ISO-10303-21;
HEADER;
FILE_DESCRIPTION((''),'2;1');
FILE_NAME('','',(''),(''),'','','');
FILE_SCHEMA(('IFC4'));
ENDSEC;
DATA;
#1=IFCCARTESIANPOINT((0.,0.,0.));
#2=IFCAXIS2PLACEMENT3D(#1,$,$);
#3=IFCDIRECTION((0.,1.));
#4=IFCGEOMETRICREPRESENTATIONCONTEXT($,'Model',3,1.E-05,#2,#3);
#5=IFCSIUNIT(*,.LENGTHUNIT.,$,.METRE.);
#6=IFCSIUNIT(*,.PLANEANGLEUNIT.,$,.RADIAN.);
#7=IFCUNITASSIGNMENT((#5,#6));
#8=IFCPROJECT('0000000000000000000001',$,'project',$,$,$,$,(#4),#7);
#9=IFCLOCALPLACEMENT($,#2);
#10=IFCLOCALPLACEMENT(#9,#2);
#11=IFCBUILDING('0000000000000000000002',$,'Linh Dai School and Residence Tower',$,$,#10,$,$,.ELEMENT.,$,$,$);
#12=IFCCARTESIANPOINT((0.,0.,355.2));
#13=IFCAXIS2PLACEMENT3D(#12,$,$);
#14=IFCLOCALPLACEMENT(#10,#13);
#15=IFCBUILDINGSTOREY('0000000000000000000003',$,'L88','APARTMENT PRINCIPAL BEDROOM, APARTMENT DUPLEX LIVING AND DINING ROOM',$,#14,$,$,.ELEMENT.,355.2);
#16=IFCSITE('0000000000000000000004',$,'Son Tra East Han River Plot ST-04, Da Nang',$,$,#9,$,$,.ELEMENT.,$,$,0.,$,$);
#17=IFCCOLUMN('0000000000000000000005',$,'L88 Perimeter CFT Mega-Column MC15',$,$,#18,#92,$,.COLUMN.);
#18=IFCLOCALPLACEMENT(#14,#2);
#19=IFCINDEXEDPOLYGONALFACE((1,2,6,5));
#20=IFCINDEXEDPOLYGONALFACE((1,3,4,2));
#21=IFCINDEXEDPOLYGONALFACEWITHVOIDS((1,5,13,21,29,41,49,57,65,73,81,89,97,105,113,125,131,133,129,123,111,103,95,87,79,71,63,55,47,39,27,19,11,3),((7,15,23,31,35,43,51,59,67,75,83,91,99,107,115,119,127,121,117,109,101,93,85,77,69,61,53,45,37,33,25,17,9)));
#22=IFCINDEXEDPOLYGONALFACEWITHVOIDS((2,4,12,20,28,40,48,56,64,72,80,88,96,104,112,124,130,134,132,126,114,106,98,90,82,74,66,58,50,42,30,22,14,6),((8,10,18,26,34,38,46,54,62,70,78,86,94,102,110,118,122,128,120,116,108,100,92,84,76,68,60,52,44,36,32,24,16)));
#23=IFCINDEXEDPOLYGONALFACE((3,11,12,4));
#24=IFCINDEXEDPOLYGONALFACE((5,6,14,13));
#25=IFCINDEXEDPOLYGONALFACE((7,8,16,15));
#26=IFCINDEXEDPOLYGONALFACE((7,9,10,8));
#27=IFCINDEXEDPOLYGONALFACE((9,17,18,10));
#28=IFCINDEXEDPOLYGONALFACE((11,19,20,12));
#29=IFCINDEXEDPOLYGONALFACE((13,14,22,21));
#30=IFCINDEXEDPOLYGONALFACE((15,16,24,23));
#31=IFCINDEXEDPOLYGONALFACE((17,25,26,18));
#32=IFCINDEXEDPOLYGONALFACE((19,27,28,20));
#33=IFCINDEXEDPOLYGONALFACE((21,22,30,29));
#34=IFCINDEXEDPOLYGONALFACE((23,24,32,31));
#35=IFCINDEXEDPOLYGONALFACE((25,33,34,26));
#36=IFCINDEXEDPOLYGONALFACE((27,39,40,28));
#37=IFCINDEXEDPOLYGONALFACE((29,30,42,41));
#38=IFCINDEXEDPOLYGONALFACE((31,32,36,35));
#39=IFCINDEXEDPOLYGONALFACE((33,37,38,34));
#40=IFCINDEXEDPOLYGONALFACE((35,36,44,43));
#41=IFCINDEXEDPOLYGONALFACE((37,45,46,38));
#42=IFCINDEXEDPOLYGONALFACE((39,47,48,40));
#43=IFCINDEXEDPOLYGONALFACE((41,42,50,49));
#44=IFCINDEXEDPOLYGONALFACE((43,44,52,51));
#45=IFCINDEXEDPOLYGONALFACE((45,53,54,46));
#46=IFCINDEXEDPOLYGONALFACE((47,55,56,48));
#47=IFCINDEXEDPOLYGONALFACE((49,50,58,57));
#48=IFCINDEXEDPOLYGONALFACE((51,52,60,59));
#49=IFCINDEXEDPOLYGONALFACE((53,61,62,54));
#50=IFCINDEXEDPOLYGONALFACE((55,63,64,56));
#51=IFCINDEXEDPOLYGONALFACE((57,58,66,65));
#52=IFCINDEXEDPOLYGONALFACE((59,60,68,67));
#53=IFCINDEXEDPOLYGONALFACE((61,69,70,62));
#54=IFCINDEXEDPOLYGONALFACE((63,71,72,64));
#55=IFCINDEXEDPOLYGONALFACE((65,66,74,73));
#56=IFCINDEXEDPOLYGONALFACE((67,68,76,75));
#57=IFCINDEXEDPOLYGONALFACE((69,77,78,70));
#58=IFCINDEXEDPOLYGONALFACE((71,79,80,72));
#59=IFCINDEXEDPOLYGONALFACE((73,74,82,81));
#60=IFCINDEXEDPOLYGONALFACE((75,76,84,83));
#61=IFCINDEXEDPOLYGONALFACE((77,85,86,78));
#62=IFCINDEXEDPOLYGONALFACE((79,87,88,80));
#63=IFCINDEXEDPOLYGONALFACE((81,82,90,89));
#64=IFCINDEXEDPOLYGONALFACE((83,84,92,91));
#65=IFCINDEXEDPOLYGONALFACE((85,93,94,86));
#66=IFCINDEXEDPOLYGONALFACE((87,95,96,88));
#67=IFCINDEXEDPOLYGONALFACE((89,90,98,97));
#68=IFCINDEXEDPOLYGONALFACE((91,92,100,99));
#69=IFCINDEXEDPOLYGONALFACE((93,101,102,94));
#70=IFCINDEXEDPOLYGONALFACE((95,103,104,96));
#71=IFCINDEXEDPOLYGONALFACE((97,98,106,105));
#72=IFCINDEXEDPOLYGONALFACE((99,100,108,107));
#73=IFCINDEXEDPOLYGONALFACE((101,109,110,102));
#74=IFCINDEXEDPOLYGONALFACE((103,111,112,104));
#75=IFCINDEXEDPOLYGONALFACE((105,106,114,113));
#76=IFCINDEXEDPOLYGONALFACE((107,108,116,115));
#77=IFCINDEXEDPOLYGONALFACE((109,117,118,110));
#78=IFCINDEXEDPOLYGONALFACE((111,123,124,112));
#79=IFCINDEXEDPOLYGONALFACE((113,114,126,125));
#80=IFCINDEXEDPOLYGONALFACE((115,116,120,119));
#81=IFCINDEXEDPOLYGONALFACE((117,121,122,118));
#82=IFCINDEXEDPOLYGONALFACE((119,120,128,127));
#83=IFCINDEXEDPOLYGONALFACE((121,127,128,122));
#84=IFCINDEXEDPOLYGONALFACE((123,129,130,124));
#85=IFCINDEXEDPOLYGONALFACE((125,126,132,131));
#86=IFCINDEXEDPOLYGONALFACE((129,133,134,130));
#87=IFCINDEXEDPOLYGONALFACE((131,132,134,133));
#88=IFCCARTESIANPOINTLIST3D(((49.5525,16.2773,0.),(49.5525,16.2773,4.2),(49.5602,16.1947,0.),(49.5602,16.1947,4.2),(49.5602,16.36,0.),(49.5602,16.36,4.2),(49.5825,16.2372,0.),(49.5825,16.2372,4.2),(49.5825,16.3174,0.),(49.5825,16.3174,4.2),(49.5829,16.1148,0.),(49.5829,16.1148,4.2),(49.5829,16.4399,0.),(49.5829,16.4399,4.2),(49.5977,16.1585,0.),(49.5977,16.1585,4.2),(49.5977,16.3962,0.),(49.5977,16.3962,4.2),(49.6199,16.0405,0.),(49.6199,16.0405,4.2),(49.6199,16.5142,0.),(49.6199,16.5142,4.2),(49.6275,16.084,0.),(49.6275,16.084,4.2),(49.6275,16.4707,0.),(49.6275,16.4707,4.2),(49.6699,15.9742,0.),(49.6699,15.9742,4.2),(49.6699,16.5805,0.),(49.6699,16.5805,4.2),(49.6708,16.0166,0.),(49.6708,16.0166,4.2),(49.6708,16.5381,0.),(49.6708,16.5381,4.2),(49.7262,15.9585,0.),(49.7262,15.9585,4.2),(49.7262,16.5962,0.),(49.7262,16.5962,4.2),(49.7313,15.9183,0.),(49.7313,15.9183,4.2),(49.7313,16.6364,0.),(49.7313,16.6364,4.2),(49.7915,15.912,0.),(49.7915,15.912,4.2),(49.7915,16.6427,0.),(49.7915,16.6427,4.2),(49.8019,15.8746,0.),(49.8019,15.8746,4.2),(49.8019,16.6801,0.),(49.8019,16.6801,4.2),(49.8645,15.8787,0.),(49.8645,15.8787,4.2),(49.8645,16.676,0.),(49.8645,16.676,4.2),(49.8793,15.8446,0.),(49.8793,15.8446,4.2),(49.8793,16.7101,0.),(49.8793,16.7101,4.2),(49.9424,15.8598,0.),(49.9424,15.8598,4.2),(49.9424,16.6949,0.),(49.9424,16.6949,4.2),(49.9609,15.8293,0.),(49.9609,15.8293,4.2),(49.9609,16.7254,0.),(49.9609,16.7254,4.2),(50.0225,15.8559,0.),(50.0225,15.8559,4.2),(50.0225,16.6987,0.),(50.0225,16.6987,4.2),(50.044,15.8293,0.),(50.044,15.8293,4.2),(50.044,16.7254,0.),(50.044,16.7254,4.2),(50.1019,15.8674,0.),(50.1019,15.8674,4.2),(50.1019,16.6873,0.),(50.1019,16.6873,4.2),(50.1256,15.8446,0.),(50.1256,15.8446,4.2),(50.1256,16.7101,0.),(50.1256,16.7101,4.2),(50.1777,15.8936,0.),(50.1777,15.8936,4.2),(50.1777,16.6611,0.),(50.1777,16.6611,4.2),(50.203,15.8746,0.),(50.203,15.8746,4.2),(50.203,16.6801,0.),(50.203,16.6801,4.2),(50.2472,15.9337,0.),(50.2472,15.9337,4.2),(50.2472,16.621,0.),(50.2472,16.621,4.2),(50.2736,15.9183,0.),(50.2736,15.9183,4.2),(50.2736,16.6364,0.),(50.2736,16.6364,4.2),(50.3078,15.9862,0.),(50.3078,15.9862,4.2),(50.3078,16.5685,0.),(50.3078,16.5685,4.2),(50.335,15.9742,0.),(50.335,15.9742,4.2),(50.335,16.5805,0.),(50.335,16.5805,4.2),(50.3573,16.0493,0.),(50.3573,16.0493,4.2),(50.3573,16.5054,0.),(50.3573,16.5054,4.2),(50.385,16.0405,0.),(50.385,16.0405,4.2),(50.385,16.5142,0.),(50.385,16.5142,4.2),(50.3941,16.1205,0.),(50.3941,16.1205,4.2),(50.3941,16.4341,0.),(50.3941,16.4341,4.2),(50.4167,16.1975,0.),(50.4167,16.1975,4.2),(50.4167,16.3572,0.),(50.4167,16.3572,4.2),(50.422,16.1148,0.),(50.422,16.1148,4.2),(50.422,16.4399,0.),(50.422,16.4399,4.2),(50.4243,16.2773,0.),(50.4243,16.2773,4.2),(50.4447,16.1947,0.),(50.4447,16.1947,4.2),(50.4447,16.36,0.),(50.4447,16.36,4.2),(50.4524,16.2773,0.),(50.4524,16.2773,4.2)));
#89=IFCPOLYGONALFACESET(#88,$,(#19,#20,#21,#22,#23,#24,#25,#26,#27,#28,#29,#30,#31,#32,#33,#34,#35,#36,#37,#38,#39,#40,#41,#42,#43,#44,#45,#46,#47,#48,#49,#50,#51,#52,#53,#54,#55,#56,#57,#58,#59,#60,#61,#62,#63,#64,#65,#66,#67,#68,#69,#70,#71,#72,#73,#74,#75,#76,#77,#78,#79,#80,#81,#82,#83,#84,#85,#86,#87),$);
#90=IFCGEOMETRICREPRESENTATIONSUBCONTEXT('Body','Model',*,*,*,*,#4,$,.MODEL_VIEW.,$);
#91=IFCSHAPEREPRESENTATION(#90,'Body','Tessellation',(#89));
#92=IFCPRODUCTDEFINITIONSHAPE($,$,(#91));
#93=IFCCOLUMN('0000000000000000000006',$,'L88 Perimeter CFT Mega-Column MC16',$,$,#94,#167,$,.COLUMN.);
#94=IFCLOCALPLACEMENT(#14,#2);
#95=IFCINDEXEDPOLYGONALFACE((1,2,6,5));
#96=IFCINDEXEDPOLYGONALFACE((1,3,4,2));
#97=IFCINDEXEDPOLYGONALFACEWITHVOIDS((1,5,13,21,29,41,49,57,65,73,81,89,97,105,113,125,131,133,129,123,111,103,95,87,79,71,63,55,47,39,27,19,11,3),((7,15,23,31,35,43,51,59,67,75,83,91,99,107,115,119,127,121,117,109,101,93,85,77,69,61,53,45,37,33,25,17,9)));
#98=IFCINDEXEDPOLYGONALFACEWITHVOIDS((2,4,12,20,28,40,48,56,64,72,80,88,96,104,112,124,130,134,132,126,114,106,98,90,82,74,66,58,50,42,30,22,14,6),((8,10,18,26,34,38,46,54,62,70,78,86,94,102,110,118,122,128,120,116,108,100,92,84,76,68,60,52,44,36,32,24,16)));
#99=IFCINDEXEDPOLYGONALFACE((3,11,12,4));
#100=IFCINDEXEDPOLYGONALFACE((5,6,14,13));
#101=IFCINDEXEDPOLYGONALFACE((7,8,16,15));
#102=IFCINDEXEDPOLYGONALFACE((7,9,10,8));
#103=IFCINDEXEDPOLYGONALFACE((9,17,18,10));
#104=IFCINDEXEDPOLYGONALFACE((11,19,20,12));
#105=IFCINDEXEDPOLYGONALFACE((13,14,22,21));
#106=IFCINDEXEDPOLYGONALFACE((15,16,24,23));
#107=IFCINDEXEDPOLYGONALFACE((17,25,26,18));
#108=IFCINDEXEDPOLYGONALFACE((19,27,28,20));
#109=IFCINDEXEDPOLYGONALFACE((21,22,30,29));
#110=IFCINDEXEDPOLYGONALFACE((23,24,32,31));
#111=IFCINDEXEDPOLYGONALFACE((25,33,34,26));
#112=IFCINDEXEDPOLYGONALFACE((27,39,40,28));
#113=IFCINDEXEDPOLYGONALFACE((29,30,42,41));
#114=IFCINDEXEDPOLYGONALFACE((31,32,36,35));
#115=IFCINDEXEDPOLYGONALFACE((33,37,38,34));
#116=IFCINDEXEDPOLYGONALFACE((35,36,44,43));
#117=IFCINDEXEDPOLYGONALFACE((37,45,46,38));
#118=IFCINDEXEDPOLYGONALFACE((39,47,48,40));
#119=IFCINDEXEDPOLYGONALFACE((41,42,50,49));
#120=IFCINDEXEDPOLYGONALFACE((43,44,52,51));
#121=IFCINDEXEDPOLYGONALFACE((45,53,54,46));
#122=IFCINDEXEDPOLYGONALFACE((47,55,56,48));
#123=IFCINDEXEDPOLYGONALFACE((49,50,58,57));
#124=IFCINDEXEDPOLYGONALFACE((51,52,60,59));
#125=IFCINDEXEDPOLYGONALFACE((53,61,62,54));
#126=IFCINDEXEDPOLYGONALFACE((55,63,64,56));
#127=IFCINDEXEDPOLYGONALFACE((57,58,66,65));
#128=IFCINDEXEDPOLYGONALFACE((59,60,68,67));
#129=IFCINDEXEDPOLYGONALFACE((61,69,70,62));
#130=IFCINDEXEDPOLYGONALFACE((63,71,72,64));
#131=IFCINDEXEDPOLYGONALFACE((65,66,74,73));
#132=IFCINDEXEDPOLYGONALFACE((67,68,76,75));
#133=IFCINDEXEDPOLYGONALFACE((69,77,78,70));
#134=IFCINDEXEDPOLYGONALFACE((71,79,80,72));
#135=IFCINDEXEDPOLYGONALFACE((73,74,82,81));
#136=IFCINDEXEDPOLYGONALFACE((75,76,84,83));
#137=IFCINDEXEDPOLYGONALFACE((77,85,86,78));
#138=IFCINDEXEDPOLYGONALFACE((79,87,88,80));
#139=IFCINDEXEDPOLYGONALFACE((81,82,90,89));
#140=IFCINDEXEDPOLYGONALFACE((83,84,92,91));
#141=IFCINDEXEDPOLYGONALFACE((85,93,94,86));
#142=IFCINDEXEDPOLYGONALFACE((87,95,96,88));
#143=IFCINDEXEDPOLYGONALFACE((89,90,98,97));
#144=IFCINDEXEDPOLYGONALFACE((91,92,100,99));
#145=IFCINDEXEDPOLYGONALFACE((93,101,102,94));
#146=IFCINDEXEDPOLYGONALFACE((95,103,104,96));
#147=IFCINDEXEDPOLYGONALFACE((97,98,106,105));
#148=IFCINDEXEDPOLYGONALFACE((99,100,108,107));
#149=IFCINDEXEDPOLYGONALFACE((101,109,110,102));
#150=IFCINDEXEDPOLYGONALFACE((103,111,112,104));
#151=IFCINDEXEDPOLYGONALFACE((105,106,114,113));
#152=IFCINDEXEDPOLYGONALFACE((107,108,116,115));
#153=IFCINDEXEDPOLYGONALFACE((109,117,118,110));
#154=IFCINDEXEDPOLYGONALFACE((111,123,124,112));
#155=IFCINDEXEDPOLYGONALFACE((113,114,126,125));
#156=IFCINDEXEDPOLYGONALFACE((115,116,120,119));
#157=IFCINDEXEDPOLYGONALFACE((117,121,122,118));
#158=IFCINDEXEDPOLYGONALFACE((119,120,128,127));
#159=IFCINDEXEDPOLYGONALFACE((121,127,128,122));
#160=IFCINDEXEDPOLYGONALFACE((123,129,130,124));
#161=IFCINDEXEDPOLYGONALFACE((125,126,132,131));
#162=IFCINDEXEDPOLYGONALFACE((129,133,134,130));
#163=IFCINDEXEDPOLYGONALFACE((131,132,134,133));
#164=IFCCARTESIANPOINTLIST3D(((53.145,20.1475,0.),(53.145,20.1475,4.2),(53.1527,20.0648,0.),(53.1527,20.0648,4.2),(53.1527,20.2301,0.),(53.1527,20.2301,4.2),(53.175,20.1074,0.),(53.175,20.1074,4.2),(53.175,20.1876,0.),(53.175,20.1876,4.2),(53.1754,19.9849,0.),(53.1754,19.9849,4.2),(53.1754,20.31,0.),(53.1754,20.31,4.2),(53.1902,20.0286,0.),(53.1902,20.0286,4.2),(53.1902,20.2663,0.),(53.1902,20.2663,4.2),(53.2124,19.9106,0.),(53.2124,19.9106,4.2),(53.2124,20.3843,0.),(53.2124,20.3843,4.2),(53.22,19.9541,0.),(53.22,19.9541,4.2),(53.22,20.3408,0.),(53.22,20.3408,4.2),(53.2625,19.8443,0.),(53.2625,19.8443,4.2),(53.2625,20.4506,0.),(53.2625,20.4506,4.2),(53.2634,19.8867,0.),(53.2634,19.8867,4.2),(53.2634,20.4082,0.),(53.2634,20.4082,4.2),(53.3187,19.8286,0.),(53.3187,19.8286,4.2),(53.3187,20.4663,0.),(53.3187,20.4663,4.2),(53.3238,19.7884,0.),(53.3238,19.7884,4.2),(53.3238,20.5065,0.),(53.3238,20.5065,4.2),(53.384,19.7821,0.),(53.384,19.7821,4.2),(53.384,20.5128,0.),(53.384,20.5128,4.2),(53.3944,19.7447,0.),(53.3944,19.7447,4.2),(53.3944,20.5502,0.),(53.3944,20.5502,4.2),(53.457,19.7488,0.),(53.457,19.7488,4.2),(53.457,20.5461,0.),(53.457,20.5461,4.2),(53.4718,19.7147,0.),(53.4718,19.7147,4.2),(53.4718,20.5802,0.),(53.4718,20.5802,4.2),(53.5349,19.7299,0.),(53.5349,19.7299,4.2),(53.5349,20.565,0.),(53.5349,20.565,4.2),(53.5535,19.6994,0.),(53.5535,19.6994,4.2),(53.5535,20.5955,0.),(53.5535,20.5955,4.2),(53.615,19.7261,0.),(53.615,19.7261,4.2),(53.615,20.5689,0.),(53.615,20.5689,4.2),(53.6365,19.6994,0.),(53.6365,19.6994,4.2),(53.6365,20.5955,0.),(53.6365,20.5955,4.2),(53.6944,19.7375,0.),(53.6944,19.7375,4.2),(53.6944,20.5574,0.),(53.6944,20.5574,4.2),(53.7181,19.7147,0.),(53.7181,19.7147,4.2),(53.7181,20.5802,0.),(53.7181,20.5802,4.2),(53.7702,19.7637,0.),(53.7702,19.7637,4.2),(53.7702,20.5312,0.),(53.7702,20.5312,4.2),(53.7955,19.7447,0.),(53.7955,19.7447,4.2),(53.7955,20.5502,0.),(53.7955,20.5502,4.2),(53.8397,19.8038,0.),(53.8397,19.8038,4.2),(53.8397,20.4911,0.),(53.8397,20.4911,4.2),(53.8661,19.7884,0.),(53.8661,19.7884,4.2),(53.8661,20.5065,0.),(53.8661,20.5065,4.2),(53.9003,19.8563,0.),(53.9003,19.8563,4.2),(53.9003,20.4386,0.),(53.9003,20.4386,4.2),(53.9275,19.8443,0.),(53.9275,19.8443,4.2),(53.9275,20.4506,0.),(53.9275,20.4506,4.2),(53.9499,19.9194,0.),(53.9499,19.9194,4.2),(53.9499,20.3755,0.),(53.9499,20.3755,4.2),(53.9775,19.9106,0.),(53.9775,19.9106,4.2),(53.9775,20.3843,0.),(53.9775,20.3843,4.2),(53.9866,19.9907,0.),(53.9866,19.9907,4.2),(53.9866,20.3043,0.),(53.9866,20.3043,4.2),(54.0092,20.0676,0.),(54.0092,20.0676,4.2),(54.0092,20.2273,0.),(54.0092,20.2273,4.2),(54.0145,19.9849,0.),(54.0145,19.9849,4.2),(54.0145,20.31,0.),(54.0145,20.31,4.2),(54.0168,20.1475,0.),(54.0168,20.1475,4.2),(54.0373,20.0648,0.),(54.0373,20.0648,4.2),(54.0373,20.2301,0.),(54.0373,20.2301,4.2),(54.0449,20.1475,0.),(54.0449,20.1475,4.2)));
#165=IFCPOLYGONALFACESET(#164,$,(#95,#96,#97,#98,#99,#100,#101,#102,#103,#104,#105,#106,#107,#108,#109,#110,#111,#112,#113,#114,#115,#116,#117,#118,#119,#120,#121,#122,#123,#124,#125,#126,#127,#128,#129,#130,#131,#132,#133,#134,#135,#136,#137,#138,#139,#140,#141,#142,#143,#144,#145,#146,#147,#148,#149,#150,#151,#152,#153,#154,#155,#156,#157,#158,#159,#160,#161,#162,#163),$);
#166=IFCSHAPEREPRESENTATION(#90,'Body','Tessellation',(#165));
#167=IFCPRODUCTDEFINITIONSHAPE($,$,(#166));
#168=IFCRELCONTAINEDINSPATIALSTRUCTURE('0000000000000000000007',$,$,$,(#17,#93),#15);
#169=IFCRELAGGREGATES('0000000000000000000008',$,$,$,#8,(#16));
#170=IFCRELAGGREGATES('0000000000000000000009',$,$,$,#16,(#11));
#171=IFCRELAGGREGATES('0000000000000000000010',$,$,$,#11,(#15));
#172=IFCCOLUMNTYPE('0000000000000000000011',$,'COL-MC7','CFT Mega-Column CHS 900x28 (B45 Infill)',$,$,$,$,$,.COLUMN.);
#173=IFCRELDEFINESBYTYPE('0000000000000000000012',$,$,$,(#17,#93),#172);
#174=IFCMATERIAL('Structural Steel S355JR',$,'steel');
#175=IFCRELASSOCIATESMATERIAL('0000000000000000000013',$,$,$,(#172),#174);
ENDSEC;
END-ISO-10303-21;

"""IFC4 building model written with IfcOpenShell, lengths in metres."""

from ifc_helpers import new_model, si_unit, direction, frame, origin, origin_2d, place, context, subcontext, project, spatial, hollow_circle, extrude, material, material_profile, profile_set, type_object, element, save


model = new_model("IFC4")

# Units and contexts
model_context = context("Model", 3, precision=1e-05, world=origin(), true_north=direction((0.0, 1.0)))
body_context = subcontext(model_context, "Body", "Model", "MODEL_VIEW")
ifc_project = project(units=[si_unit("LENGTHUNIT", "METRE"), si_unit("PLANEANGLEUNIT", "RADIAN")], contexts=[model_context])

# Site, building, storey
site_placement = place(None, origin())
site = spatial("IfcSite", under=ifc_project, at=site_placement, Name="Son Tra East Han River Plot ST-04, Da Nang", CompositionType="ELEMENT", RefElevation=0.0)
building_placement = place(site_placement, origin())
building = spatial("IfcBuilding", under=site, at=building_placement, Name="Linh Dai School and Residence Tower", CompositionType="ELEMENT")
storey_placement = place(building_placement, frame((0.0, 0.0, 355.2)))
storey = spatial("IfcBuildingStorey", under=building, at=storey_placement, Name="L88", Description="APARTMENT PRINCIPAL BEDROOM, APARTMENT DUPLEX LIVING AND DINING ROOM", CompositionType="ELEMENT", Elevation=355.2)

# Columns
ifc_material_1 = material(Name="Structural Steel S355JR", Category="steel")
ifc_material_profile_1 = material_profile(ifc_material_1, hollow_circle(Radius=0.45, WallThickness=0.0281, at=origin_2d()), Name="CHS 900x28")
ifc_profile_set_1 = profile_set([ifc_material_profile_1], Name="Structural Steel S355JR")
column_type = type_object("IfcColumnType", Name="COL-MC7", Description="CFT Mega-Column CHS 900x28 (B45 Infill)", PredefinedType="COLUMN", material=ifc_profile_set_1)
for number, where, z_axis, x_axis, name in (
    (1, (50.0024, 16.2773, 0.0), (0.0, 0.0, 1.0), (1.0, 0.0, 0.0), "L88 Perimeter CFT Mega-Column MC15"),
    (2, (53.595, 20.1475, 0.0), (0.0, 0.0, 1.0), (1.0, 0.0, 0.0), "L88 Perimeter CFT Mega-Column MC16"),
):
    element("IfcColumn", number, at=place(storey_placement, frame(where, z_axis=z_axis, x_axis=x_axis)), inside=storey, type_object=column_type, Name=name, PredefinedType="COLUMN", context=body_context, shape_type="SweptSolid", body=[
        extrude(hollow_circle(Radius=0.45, WallThickness=0.0281, at=origin_2d()), origin(), (0.0, 0.0, 1.0), 4.2),
    ])

save(model, "model.ifc")
